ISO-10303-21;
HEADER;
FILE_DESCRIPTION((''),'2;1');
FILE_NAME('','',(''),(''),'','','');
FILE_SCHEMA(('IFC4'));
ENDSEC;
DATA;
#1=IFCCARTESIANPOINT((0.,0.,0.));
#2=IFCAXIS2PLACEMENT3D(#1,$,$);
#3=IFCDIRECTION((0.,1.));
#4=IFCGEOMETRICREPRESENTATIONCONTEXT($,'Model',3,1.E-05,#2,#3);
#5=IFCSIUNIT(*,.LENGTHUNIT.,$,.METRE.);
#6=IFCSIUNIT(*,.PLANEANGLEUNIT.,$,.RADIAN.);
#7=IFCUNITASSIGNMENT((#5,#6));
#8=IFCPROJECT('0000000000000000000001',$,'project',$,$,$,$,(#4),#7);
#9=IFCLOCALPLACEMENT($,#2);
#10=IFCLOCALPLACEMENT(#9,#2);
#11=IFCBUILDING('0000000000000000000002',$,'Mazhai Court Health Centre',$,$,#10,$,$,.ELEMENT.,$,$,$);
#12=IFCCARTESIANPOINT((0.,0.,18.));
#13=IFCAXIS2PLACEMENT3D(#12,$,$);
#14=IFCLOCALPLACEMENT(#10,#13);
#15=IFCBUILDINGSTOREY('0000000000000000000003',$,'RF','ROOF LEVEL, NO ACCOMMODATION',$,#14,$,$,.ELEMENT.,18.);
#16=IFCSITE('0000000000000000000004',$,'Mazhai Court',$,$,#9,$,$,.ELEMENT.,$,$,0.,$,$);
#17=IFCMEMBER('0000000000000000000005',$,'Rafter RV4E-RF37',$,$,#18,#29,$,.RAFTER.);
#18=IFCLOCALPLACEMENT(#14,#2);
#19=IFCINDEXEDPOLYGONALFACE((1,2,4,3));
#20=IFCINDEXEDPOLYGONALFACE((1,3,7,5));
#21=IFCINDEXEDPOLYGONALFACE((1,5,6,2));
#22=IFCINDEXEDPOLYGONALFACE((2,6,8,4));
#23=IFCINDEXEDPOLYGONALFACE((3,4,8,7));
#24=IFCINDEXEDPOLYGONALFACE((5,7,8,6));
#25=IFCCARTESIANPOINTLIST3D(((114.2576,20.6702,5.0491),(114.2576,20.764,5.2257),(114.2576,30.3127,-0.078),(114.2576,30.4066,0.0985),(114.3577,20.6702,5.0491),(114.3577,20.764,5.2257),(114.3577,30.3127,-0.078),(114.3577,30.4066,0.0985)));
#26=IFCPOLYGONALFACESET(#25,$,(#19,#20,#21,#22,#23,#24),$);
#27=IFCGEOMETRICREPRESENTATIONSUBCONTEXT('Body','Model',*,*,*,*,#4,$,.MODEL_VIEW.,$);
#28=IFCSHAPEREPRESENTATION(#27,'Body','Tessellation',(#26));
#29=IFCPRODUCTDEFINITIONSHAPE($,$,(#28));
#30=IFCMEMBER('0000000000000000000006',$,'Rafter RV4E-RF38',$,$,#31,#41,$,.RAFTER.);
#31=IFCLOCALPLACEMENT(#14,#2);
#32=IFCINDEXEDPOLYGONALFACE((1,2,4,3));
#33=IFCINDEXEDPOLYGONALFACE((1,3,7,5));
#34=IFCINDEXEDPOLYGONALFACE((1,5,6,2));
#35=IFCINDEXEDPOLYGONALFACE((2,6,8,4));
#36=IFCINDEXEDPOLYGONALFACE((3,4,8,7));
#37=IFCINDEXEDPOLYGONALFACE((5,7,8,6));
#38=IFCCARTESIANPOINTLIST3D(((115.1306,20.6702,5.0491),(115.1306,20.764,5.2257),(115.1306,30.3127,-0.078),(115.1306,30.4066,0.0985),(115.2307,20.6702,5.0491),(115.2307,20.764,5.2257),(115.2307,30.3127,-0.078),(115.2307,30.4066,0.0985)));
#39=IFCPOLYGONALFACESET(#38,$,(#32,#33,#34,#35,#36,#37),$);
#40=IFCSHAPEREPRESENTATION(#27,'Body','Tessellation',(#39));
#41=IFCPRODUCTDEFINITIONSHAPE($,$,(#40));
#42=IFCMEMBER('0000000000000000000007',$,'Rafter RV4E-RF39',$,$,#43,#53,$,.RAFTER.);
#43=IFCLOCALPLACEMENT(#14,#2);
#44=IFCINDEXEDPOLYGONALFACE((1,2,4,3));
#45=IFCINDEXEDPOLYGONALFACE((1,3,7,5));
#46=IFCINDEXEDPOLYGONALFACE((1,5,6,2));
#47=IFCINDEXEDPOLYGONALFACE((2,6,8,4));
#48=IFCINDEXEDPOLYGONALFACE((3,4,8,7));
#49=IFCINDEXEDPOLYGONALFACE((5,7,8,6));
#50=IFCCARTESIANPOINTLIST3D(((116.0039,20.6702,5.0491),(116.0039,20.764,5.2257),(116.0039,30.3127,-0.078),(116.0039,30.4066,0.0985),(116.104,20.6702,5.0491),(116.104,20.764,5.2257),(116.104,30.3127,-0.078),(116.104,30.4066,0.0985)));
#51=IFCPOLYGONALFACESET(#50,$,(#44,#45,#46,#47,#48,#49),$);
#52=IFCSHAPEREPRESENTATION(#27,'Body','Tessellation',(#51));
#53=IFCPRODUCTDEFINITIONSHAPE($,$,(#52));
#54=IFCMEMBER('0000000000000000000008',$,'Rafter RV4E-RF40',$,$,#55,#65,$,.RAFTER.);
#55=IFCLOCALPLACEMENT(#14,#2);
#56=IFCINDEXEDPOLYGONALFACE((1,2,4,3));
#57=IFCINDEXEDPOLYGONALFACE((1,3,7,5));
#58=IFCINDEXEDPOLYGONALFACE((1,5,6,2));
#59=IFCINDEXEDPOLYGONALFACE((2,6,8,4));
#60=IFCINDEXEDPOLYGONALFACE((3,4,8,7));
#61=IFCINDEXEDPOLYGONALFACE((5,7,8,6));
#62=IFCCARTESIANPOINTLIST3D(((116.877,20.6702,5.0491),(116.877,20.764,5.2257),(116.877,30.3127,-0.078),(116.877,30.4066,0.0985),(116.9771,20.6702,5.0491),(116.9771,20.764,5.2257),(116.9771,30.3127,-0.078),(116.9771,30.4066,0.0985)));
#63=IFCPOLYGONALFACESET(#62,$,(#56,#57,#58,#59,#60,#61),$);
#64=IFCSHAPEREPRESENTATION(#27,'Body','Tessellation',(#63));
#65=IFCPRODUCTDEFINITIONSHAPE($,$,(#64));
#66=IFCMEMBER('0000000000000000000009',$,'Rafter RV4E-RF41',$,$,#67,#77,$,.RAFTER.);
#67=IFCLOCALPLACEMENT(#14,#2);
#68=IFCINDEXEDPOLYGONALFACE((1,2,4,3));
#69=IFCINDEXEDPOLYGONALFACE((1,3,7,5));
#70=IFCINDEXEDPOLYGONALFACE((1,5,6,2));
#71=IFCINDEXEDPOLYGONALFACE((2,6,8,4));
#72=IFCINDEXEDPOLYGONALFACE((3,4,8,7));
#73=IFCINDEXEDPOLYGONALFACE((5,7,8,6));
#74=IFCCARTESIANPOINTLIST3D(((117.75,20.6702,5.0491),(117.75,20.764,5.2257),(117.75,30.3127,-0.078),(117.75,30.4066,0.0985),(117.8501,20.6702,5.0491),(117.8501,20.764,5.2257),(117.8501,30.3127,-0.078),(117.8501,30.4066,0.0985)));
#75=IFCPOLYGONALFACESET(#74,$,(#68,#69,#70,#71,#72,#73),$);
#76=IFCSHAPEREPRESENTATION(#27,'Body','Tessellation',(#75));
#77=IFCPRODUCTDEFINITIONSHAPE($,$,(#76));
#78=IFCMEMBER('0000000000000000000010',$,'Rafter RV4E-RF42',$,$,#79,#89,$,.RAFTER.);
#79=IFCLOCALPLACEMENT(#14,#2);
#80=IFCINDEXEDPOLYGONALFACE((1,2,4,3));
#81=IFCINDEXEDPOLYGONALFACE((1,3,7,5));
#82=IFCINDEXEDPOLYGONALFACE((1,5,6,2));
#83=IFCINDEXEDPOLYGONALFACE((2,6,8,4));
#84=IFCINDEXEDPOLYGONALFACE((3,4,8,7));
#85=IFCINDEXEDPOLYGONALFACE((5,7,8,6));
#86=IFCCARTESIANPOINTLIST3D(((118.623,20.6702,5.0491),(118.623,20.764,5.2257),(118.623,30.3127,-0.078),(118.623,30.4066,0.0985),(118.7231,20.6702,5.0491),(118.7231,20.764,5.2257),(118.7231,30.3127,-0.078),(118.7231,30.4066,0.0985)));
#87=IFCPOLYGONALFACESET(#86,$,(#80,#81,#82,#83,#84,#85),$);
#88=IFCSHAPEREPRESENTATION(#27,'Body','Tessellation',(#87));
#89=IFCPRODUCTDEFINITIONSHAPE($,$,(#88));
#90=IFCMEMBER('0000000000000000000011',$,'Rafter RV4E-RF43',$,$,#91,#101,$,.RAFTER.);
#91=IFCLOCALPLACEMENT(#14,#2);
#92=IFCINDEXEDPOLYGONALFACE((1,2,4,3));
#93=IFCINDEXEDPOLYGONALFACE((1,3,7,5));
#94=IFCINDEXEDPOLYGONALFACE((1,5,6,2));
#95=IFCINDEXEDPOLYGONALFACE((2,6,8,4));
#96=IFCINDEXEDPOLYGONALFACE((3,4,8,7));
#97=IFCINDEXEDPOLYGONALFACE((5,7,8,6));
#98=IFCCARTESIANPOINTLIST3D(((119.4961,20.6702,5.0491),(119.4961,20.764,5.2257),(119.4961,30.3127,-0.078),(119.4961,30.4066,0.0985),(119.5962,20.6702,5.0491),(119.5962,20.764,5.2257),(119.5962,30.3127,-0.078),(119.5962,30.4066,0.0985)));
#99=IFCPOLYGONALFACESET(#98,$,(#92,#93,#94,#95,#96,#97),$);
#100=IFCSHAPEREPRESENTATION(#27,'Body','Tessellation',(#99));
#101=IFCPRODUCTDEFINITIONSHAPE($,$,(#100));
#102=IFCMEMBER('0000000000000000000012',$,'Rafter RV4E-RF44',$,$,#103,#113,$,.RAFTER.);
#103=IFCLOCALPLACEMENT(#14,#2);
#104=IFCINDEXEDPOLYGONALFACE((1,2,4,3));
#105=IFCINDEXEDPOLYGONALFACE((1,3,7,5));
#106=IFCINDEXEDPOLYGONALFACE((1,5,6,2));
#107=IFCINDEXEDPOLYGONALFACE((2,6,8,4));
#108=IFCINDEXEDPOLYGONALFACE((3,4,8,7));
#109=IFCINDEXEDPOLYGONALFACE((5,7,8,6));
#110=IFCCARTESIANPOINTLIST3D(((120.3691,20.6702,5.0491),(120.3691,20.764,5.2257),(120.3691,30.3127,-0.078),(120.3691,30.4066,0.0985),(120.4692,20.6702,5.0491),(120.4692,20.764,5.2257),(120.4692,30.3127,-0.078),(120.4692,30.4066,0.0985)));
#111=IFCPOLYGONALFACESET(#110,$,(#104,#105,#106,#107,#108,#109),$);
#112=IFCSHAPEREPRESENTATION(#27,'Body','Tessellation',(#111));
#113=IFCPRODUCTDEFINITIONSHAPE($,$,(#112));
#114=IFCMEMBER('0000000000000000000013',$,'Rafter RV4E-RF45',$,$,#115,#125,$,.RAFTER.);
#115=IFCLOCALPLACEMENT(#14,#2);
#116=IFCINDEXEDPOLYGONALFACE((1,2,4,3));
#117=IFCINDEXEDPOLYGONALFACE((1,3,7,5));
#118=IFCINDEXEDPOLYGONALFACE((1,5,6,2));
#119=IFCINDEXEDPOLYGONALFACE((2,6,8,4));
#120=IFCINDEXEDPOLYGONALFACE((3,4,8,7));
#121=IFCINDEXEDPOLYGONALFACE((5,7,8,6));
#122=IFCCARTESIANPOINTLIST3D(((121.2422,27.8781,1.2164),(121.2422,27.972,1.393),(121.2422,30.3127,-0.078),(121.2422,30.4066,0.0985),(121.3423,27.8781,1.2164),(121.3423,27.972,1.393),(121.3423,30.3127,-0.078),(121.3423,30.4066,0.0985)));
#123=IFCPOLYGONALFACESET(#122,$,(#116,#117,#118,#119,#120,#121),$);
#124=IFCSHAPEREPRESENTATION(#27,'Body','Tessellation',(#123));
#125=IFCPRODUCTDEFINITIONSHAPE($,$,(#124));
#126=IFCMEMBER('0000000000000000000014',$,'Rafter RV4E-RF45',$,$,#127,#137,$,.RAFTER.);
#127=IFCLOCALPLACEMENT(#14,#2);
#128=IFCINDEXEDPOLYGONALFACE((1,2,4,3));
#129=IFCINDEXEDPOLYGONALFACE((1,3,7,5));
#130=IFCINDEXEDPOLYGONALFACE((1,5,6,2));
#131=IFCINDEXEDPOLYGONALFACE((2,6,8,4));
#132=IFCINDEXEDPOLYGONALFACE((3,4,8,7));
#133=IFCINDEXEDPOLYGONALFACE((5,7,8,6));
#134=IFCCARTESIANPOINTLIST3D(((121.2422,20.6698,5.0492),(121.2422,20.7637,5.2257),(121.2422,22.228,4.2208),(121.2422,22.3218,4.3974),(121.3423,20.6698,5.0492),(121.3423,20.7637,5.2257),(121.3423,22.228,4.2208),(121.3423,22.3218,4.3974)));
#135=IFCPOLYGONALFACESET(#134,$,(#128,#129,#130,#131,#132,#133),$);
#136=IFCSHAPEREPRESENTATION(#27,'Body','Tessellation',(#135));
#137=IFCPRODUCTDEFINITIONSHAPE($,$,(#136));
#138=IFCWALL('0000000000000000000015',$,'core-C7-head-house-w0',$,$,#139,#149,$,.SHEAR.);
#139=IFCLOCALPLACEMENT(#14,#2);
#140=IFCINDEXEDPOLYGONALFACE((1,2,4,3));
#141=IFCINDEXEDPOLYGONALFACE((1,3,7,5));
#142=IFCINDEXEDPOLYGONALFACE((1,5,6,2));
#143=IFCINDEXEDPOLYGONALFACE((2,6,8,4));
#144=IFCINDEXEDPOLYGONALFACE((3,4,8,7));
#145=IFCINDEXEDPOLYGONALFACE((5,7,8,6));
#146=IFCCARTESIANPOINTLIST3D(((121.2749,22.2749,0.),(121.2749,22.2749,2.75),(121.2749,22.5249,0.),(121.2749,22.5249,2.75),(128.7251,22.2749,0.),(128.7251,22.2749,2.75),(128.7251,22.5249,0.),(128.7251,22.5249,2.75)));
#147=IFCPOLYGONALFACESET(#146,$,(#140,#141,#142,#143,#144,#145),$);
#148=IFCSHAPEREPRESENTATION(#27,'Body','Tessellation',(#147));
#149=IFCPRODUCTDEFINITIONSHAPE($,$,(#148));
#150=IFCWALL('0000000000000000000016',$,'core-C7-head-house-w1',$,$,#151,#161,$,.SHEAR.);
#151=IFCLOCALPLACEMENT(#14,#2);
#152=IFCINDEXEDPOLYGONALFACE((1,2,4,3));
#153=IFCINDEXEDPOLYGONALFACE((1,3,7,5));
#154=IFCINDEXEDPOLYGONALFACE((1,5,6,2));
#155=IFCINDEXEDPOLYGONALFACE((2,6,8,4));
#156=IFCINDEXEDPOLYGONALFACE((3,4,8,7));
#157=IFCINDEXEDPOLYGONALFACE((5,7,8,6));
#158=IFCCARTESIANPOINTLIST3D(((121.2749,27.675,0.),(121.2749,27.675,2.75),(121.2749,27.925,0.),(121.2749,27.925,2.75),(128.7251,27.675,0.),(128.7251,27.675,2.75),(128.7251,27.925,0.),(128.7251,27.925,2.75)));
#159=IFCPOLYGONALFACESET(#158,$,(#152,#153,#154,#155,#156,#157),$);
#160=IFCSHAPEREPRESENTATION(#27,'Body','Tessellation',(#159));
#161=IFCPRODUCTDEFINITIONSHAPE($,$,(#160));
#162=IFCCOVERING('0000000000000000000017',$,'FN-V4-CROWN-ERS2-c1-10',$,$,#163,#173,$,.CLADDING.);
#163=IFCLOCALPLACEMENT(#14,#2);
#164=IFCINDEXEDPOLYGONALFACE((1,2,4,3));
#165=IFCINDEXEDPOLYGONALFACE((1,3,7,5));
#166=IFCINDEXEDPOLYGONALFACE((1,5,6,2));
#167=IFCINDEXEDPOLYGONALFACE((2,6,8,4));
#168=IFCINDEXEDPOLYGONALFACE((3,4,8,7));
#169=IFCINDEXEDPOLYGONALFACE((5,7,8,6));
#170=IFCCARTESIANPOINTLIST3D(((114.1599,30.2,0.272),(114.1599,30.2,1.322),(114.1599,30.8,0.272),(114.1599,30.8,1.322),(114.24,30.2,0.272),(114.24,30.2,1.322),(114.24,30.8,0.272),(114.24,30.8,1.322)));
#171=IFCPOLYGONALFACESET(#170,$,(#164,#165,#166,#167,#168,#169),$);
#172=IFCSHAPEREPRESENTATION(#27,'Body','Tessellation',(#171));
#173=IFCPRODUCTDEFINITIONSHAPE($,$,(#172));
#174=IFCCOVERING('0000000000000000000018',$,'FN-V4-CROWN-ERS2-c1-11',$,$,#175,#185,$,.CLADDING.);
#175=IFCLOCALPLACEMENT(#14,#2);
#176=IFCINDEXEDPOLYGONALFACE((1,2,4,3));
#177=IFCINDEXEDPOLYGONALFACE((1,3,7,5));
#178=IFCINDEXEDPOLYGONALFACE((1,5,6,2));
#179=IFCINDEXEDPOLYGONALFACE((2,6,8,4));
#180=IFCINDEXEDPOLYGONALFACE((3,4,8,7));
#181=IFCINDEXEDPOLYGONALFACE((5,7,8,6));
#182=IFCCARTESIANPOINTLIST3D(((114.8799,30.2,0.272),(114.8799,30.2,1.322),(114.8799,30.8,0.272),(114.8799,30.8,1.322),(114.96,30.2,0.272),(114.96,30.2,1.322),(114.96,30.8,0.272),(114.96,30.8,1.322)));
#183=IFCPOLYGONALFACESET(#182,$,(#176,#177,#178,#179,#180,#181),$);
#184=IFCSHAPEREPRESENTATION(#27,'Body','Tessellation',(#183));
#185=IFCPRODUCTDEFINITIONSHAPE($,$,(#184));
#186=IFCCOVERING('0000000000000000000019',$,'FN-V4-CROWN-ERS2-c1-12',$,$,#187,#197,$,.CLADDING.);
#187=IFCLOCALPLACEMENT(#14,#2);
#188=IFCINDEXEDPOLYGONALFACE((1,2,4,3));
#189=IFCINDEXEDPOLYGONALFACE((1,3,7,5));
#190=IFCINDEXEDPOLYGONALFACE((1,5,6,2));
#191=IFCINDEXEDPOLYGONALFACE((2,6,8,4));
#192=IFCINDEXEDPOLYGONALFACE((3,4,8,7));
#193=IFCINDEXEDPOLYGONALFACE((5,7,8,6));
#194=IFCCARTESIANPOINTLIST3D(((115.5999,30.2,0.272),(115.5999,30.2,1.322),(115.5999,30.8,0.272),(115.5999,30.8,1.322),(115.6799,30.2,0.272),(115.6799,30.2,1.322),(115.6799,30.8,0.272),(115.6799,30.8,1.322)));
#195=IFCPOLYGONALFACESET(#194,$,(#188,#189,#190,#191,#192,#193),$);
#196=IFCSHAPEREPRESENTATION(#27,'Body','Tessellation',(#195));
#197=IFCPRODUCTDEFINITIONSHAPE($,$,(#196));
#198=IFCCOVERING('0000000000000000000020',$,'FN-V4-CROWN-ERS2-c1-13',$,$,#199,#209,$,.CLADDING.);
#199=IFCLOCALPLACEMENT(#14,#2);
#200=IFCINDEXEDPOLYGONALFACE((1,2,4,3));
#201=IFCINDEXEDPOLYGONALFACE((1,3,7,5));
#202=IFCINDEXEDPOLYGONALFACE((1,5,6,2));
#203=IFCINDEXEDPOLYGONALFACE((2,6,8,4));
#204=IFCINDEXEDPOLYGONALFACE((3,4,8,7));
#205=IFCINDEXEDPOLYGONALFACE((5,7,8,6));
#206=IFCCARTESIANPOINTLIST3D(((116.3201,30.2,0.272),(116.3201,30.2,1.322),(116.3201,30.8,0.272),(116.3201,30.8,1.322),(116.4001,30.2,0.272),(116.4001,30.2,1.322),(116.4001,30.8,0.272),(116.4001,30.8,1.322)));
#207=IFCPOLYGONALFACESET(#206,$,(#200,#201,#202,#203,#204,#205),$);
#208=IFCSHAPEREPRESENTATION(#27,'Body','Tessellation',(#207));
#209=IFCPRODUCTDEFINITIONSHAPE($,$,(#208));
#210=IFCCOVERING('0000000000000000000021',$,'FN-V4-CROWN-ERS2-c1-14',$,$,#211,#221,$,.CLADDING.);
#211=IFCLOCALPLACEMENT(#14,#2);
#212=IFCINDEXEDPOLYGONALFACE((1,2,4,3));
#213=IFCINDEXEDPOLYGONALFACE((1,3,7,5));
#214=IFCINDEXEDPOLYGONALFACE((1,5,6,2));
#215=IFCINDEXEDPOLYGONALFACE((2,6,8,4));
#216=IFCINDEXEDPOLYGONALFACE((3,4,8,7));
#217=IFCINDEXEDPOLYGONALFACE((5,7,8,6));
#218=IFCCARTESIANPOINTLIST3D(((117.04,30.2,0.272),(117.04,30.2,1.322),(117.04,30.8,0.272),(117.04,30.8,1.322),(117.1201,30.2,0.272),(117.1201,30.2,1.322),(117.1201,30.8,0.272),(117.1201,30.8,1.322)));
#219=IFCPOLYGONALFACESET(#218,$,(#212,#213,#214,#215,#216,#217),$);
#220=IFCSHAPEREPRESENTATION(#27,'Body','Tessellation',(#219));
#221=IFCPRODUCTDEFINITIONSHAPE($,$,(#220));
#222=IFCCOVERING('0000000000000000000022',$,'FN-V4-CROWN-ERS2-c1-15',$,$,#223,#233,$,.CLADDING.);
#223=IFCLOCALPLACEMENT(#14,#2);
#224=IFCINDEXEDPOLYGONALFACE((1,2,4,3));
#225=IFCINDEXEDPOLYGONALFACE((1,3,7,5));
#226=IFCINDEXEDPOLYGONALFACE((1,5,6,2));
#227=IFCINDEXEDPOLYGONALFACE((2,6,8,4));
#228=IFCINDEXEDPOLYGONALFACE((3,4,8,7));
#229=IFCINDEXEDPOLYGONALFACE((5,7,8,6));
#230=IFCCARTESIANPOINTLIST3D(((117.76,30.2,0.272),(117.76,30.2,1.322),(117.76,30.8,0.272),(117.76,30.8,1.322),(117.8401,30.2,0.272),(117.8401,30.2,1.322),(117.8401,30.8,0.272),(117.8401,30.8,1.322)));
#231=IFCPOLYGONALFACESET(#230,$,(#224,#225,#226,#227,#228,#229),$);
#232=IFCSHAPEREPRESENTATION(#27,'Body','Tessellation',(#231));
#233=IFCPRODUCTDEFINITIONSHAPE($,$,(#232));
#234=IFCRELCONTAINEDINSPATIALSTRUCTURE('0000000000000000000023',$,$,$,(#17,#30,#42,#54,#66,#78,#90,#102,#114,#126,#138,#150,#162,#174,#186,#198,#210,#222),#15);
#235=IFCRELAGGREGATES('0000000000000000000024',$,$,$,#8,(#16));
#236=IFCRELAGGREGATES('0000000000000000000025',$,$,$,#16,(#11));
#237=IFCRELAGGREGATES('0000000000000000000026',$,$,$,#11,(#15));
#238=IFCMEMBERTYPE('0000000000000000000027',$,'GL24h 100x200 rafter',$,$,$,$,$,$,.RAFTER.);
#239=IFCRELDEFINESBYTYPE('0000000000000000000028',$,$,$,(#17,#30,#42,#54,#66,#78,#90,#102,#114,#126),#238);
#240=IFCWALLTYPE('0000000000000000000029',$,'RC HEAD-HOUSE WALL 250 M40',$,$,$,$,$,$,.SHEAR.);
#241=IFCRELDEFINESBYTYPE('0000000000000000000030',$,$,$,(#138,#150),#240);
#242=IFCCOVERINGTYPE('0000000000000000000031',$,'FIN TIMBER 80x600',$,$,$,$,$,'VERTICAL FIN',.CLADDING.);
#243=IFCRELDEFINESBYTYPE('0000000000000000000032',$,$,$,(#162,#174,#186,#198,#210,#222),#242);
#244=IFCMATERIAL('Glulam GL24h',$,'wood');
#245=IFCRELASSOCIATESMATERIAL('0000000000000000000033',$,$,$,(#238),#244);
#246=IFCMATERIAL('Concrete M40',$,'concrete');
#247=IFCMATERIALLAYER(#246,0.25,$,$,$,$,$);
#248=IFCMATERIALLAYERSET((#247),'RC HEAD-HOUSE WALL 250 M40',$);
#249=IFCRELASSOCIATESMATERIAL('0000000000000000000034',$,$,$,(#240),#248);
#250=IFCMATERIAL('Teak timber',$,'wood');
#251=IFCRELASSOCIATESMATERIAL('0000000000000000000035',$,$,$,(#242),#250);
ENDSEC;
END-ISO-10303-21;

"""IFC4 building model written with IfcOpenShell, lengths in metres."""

from ifc_helpers import new_model, si_unit, direction, frame, frame_2d, origin, origin_2d, place, context, subcontext, project, spatial, rectangle, extrude, material, layer, layer_set, material_profile, profile_set, type_object, element, save


model = new_model("IFC4")

# Units and contexts
model_context = context("Model", 3, precision=1e-05, world=origin(), true_north=direction((0.0, 1.0)))
body_context = subcontext(model_context, "Body", "Model", "MODEL_VIEW")
ifc_project = project(units=[si_unit("LENGTHUNIT", "METRE"), si_unit("PLANEANGLEUNIT", "RADIAN")], contexts=[model_context])

# Site, building, storey
site_placement = place(None, origin())
site = spatial("IfcSite", under=ifc_project, at=site_placement, Name="Mazhai Court", CompositionType="ELEMENT", RefElevation=0.0)
building_placement = place(site_placement, origin())
building = spatial("IfcBuilding", under=site, at=building_placement, Name="Mazhai Court Health Centre", CompositionType="ELEMENT")
storey_placement = place(building_placement, frame((0.0, 0.0, 18.0)))
storey = spatial("IfcBuildingStorey", under=building, at=storey_placement, Name="RF", Description="ROOF LEVEL, NO ACCOMMODATION", CompositionType="ELEMENT", Elevation=18.0)

# Members
ifc_material_1 = material(Name="Glulam GL24h", Category="wood")
ifc_material_profile = material_profile(ifc_material_1, rectangle(XDim=0.1001, YDim=0.2, at=origin_2d()), Name="GL24h 100x200")
ifc_profile_set = profile_set([ifc_material_profile], Name="Glulam GL24h")
member_type = type_object("IfcMemberType", Name="GL24h 100x200 rafter", PredefinedType="RAFTER", material=ifc_profile_set)
for number, where, z_axis, x_axis, name in (
    (1, (114.3076, 30.3596, 0.0103), (0.0, -0.882942, 0.469482), (1.0, 0.0, 0.0), "Rafter RV4E-RF37"),
    (2, (115.1807, 30.3596, 0.0103), (0.0, -0.882942, 0.469482), (1.0, 0.0, 0.0), "Rafter RV4E-RF38"),
    (3, (116.054, 30.3596, 0.0103), (0.0, -0.882942, 0.469482), (1.0, 0.0, 0.0), "Rafter RV4E-RF39"),
    (4, (116.927, 30.3596, 0.0103), (0.0, -0.882942, 0.469482), (1.0, 0.0, 0.0), "Rafter RV4E-RF40"),
    (5, (117.8, 30.3596, 0.0103), (0.0, -0.882942, 0.469482), (1.0, 0.0, 0.0), "Rafter RV4E-RF41"),
    (6, (118.6731, 30.3596, 0.0103), (0.0, -0.882942, 0.469482), (1.0, 0.0, 0.0), "Rafter RV4E-RF42"),
    (7, (119.5461, 30.3596, 0.0103), (0.0, -0.882942, 0.469482), (1.0, 0.0, 0.0), "Rafter RV4E-RF43"),
    (8, (120.4192, 30.3596, 0.0103), (0.0, -0.882942, 0.469482), (1.0, 0.0, 0.0), "Rafter RV4E-RF44"),
):
    element("IfcMember", number, at=place(storey_placement, frame(where, z_axis=z_axis, x_axis=x_axis)), inside=storey, type_object=member_type, Name=name, PredefinedType="RAFTER", context=body_context, shape_type="SweptSolid", body=[
        extrude(rectangle(XDim=0.1001, YDim=0.2, at=origin_2d()), origin(), (0.0, 0.0, 1.0), 10.9209),
    ])
member_1_placement = place(storey_placement, frame((121.2922, 30.3596, 0.0103), z_axis=(0.0, -0.882955, 0.469457), x_axis=(1.0, 0.0, 0.0)))
element("IfcMember", 9, at=member_1_placement, inside=storey, type_object=member_type, Name="Rafter RV4E-RF45", PredefinedType="RAFTER", context=body_context, shape_type="SweptSolid", body=[
    extrude(rectangle(XDim=0.1001, YDim=0.2, at=origin_2d()), origin(), (0.0, 0.0, 1.0), 2.7573),
])
member_2_placement = place(storey_placement, frame((121.2922, 22.2749, 4.3091), z_axis=(0.0, -0.882969, 0.469432), x_axis=(1.0, 0.0, 0.0)))
element("IfcMember", 10, at=member_2_placement, inside=storey, type_object=member_type, Name="Rafter RV4E-RF45", PredefinedType="RAFTER", context=body_context, shape_type="SweptSolid", body=[
    extrude(rectangle(XDim=0.1001, YDim=0.2, at=origin_2d()), origin(), (0.0, 0.0, 1.0), 1.7646),
])

# Walls
ifc_material_2 = material(Name="Concrete M40", Category="concrete")
ifc_layer_1 = layer(ifc_material_2, 0.25)
ifc_layer_set_1 = layer_set([ifc_layer_1], Name="RC HEAD-HOUSE WALL 250 M40")
wall_type = type_object("IfcWallType", Name="RC HEAD-HOUSE WALL 250 M40", PredefinedType="SHEAR", material=ifc_layer_set_1)
for number, where, z_axis, x_axis, name in (
    (11, (121.2749, 22.3999, 0.0), (0.0, 0.0, 1.0), (1.0, 0.0, 0.0), "core-C7-head-house-w0"),
    (12, (121.2749, 27.8, 0.0), (0.0, 0.0, 1.0), (1.0, 0.0, 0.0), "core-C7-head-house-w1"),
):
    element("IfcWall", number, at=place(storey_placement, frame(where, z_axis=z_axis, x_axis=x_axis)), inside=storey, type_object=wall_type, Name=name, PredefinedType="SHEAR", context=body_context, shape_type="SweptSolid", body=[
        extrude(rectangle(XDim=7.4502, YDim=0.25, at=frame_2d((3.7251, 0.0))), origin(), (0.0, 0.0, 1.0), 2.75),
    ])

# Coverings
ifc_material_3 = material(Name="Teak timber", Category="wood")
covering_type_1 = type_object("IfcCoveringType", Name="FIN TIMBER 80x600", ElementType="VERTICAL FIN", PredefinedType="CLADDING", material=ifc_material_3)
for number, where, z_axis, x_axis, name in (
    (13, (114.2, 30.5, 0.272), (0.0, 0.0, 1.0), (1.0, 0.0, 0.0), "FN-V4-CROWN-ERS2-c1-10"),
    (14, (114.9199, 30.5, 0.272), (0.0, 0.0, 1.0), (1.0, 0.0, 0.0), "FN-V4-CROWN-ERS2-c1-11"),
    (15, (115.6399, 30.5, 0.272), (0.0, 0.0, 1.0), (1.0, 0.0, 0.0), "FN-V4-CROWN-ERS2-c1-12"),
    (16, (116.3601, 30.5, 0.272), (0.0, 0.0, 1.0), (1.0, 0.0, 0.0), "FN-V4-CROWN-ERS2-c1-13"),
    (17, (117.0801, 30.5, 0.272), (0.0, 0.0, 1.0), (1.0, 0.0, 0.0), "FN-V4-CROWN-ERS2-c1-14"),
    (18, (117.8, 30.5, 0.272), (0.0, 0.0, 1.0), (1.0, 0.0, 0.0), "FN-V4-CROWN-ERS2-c1-15"),
):
    element("IfcCovering", number, at=place(storey_placement, frame(where, z_axis=z_axis, x_axis=x_axis)), inside=storey, type_object=covering_type_1, Name=name, PredefinedType="CLADDING", context=body_context, shape_type="SweptSolid", body=[
        extrude(rectangle(XDim=0.0801, YDim=0.6001, at=origin_2d()), origin(), (0.0, 0.0, 1.0), 1.05),
    ])

save(model, "model.ifc")
